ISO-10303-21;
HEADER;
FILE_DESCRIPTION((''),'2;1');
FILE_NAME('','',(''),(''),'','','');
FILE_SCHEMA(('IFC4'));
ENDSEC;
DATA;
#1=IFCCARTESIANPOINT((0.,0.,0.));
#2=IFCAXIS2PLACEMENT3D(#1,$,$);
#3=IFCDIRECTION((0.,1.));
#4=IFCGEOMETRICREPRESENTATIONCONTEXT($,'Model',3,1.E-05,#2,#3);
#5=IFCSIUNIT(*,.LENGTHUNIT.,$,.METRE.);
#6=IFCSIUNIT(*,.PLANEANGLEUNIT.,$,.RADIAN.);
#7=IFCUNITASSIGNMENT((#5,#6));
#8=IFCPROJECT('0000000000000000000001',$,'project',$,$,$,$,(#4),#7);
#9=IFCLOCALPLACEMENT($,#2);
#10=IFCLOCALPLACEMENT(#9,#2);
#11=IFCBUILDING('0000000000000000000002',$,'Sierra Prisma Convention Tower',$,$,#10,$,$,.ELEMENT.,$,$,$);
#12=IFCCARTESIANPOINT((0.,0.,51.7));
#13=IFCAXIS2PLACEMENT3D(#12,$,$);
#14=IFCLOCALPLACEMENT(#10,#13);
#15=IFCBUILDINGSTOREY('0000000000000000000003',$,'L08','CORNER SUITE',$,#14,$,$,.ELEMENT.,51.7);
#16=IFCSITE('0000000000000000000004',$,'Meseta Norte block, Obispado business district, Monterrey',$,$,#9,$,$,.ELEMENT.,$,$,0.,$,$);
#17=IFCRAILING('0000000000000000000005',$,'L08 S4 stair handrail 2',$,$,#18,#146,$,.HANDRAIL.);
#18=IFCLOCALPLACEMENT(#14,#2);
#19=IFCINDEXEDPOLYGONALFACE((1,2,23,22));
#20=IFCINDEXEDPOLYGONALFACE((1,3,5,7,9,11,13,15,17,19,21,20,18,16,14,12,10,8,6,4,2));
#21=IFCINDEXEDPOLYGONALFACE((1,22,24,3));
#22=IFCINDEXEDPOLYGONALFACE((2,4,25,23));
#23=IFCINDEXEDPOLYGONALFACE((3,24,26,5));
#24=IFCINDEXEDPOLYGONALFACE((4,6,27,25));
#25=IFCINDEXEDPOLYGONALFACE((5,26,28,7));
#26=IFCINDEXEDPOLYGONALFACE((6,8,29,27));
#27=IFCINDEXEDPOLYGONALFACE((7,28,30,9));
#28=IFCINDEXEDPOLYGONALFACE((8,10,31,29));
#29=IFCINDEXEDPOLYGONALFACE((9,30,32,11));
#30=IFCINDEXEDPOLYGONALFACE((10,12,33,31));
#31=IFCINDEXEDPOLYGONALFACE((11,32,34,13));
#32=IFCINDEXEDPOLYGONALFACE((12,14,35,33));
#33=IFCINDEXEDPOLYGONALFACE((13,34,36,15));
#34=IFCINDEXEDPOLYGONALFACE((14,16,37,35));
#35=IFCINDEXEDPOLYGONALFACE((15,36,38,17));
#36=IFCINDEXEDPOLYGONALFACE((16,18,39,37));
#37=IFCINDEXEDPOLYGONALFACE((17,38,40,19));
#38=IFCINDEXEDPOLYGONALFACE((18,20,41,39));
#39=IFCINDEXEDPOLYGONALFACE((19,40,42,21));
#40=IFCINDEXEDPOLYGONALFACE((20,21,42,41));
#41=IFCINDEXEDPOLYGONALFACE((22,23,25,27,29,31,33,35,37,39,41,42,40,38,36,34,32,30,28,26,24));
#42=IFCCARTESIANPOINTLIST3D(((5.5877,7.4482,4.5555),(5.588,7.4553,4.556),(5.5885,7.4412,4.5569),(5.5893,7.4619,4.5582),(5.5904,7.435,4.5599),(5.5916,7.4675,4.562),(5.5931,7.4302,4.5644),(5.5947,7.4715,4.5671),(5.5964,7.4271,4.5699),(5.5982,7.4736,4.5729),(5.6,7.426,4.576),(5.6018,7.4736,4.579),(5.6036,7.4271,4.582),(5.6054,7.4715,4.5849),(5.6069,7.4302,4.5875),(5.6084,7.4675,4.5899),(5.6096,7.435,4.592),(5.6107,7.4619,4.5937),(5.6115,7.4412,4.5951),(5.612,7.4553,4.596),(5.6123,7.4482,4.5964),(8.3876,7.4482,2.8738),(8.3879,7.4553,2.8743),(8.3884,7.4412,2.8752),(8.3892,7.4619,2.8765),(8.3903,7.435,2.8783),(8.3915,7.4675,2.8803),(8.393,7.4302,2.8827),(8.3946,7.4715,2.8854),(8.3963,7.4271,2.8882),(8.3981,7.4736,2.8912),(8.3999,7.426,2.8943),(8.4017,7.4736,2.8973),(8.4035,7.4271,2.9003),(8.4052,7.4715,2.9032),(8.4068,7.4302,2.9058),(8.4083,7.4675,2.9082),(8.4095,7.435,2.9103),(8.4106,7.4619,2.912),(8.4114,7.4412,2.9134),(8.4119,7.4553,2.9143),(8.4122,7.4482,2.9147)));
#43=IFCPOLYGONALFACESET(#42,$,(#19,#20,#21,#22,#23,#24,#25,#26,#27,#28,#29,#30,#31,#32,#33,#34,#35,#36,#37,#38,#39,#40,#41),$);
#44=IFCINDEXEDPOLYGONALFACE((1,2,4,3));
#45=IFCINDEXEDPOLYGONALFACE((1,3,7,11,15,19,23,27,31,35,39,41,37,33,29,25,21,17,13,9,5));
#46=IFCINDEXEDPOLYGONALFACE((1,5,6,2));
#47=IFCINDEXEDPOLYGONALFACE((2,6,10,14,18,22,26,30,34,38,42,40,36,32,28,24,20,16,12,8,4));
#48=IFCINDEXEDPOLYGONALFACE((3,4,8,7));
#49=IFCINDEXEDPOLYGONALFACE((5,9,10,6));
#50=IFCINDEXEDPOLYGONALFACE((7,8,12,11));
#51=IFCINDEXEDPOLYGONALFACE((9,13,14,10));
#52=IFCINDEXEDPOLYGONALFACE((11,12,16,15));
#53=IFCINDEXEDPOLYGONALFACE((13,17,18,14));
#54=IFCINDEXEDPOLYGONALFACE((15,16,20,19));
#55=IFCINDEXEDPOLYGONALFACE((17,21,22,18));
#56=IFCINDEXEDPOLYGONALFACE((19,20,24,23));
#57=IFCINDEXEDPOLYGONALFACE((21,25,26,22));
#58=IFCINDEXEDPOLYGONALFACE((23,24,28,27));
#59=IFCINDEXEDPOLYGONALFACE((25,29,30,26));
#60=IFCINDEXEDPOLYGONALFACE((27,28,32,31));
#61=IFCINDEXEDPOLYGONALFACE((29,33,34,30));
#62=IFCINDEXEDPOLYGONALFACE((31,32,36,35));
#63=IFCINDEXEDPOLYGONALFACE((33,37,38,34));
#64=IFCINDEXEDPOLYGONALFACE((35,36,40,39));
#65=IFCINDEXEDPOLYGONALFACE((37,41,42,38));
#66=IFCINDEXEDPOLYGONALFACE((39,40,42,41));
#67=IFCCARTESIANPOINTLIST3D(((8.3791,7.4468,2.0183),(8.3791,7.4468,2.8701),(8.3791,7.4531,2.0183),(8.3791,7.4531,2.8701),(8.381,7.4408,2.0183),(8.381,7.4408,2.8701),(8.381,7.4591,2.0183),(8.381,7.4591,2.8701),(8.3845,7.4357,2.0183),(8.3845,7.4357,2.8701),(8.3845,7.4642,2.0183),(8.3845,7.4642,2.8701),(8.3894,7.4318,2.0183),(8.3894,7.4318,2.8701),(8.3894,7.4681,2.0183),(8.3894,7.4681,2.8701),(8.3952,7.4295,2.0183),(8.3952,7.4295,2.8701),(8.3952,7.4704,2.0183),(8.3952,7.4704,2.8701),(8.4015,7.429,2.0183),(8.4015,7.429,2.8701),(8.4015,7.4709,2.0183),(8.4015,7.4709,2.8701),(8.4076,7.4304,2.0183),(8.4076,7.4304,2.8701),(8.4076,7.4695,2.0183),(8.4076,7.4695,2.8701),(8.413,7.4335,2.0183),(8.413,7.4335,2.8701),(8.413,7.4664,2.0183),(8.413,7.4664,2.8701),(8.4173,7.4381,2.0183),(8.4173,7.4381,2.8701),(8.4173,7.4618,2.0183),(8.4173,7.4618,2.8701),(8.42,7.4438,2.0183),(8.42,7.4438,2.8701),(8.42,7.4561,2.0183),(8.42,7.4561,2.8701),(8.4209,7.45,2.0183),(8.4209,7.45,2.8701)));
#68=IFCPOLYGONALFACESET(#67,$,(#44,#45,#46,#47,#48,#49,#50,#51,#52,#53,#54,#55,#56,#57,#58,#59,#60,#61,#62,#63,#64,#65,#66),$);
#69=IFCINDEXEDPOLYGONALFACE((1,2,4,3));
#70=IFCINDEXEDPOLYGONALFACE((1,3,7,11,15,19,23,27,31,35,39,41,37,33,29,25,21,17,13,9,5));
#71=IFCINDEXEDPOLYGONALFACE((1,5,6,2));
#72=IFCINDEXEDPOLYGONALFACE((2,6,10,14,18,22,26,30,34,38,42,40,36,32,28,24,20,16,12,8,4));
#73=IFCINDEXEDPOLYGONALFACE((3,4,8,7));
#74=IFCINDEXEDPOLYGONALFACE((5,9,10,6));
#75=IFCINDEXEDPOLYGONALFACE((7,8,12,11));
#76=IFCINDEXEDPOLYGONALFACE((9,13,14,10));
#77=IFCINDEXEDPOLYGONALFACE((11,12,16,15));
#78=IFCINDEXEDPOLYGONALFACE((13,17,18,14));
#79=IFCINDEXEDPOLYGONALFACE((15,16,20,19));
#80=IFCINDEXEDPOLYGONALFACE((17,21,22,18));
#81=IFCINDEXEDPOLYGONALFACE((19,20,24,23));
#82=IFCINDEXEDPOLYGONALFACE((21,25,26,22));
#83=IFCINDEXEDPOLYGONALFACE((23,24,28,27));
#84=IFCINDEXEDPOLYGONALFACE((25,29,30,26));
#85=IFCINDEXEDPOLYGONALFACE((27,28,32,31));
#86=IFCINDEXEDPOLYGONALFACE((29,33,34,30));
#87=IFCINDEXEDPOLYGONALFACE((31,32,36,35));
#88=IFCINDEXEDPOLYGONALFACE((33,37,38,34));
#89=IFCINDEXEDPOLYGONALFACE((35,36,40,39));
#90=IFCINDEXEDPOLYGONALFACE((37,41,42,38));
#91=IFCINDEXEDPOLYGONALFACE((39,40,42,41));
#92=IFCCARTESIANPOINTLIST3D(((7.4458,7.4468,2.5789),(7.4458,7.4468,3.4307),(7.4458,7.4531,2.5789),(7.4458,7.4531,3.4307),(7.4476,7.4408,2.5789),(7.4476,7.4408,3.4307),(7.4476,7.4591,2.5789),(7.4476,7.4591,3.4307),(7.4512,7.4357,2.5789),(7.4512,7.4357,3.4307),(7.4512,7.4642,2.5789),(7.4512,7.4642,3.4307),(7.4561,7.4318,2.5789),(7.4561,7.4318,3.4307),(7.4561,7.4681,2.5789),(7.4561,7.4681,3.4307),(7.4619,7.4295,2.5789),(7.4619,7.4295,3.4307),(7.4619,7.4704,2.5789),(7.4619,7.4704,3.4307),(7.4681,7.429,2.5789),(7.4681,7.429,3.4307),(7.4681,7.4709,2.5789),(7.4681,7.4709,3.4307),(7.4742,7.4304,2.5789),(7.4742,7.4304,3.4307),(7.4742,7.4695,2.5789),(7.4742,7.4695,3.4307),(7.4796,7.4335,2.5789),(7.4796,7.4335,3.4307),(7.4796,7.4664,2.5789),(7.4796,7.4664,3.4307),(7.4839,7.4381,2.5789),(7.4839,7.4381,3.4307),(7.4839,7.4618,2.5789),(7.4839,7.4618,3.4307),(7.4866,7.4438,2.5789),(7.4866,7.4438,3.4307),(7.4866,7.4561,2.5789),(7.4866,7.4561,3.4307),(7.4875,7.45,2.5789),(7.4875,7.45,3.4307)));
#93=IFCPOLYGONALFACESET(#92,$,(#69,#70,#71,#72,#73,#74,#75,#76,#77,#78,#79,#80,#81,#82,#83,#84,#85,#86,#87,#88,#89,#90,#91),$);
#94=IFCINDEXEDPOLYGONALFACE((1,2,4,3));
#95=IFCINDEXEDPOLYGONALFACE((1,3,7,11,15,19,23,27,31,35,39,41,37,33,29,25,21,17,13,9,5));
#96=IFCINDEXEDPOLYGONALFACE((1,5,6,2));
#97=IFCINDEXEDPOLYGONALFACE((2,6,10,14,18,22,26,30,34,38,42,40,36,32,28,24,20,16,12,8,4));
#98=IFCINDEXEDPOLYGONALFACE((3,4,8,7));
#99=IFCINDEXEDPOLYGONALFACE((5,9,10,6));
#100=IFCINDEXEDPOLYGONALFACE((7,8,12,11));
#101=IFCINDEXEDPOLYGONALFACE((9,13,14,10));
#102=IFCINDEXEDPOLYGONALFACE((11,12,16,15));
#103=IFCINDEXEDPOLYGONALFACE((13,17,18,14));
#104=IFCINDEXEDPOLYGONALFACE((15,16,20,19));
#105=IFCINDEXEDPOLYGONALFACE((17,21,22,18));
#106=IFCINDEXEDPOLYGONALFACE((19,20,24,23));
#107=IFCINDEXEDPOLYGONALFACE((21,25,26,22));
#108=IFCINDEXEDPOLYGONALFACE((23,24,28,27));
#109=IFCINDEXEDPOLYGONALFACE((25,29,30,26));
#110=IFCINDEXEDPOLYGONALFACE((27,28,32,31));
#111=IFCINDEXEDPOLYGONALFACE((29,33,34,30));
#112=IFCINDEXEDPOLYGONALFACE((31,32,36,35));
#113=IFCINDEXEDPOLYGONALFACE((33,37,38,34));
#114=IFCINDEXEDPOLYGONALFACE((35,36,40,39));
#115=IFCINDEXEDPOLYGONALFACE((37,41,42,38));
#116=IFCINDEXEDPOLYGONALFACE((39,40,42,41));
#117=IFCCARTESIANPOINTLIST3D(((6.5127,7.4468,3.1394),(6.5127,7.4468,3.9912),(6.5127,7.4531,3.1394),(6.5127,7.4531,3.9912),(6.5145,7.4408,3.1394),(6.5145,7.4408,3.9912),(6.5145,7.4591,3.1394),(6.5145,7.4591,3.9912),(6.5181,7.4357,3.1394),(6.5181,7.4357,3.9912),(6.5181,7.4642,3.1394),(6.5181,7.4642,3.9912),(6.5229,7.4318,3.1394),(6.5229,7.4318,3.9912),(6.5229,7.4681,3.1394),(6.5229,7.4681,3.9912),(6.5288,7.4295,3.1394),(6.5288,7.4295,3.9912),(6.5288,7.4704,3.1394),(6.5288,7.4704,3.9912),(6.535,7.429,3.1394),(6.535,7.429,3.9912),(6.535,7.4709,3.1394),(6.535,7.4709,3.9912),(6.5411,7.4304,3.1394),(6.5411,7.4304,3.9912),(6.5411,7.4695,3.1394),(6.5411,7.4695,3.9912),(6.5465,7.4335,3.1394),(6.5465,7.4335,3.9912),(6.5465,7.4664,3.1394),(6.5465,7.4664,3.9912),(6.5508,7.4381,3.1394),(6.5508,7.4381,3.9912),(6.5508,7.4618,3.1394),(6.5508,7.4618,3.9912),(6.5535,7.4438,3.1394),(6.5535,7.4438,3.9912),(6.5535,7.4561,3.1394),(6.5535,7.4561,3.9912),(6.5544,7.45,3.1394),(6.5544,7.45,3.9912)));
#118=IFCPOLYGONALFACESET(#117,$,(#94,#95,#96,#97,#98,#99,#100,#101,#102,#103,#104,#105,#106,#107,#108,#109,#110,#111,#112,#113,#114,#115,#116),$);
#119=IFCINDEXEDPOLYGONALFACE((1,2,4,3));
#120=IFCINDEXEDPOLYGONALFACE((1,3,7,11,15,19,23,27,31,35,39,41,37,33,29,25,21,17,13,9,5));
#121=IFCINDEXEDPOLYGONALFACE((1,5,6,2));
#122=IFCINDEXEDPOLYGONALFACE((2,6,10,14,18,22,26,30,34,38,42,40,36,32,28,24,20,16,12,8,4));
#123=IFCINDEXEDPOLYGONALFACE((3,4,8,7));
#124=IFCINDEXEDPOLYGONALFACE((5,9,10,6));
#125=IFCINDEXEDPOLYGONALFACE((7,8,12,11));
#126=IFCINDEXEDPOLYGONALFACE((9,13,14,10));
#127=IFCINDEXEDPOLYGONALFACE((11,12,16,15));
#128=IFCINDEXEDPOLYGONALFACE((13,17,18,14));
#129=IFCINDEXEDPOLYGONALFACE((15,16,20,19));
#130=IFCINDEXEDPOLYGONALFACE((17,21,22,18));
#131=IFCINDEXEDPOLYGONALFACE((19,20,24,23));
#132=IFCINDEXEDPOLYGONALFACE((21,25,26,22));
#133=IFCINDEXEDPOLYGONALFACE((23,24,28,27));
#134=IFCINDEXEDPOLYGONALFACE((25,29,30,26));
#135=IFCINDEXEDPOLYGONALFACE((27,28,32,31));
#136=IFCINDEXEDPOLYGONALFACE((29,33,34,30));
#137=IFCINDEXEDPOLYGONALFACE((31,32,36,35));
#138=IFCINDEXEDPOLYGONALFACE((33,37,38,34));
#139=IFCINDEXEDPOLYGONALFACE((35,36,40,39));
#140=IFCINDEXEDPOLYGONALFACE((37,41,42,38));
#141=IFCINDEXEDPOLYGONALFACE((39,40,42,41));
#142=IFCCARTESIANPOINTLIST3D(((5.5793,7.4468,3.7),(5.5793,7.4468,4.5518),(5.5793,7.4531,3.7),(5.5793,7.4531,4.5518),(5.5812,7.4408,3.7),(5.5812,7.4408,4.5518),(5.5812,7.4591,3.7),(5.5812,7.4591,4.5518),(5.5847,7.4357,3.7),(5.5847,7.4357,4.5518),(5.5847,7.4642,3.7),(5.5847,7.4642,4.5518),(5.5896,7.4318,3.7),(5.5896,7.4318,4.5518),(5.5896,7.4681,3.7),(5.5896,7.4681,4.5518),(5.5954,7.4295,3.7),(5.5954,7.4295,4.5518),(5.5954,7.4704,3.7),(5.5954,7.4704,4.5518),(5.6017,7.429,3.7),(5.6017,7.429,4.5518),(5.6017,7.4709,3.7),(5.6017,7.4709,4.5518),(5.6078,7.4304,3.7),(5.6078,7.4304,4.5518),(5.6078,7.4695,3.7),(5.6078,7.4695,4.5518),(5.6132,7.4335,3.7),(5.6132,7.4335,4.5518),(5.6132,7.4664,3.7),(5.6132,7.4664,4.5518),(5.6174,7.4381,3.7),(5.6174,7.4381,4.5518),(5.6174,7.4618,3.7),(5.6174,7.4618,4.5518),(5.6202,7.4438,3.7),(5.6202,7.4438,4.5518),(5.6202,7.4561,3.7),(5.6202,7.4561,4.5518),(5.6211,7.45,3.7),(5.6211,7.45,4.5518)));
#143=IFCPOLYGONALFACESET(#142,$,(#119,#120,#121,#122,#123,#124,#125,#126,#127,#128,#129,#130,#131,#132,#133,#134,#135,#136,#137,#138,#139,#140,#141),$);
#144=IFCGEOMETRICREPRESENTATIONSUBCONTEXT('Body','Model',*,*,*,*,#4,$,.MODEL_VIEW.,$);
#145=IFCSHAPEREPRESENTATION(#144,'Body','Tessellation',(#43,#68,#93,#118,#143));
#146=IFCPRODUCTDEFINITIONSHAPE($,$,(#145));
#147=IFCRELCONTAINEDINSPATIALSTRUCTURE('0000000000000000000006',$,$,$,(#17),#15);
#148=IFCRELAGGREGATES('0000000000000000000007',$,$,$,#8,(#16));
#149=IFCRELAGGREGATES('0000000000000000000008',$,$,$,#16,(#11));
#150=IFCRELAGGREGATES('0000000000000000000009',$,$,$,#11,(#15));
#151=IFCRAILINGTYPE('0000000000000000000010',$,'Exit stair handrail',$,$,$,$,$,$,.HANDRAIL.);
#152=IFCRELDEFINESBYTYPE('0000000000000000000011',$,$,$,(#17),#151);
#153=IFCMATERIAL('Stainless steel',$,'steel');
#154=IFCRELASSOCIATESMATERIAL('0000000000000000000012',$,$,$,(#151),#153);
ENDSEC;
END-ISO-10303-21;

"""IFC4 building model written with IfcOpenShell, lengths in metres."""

from ifc_helpers import new_model, si_unit, direction, frame, origin, origin_2d, place, context, subcontext, project, spatial, circle, extrude, material, type_object, element, save


model = new_model("IFC4")

# Units and contexts
model_context = context("Model", 3, precision=1e-05, world=origin(), true_north=direction((0.0, 1.0)))
body_context = subcontext(model_context, "Body", "Model", "MODEL_VIEW")
ifc_project = project(units=[si_unit("LENGTHUNIT", "METRE"), si_unit("PLANEANGLEUNIT", "RADIAN")], contexts=[model_context])

# Site, building, storey
site_placement = place(None, origin())
site = spatial("IfcSite", under=ifc_project, at=site_placement, Name="Meseta Norte block, Obispado business district, Monterrey", CompositionType="ELEMENT", RefElevation=0.0)
building_placement = place(site_placement, origin())
building = spatial("IfcBuilding", under=site, at=building_placement, Name="Sierra Prisma Convention Tower", CompositionType="ELEMENT")
storey_placement = place(building_placement, frame((0.0, 0.0, 51.7)))
storey = spatial("IfcBuildingStorey", under=building, at=storey_placement, Name="L08", Description="CORNER SUITE", CompositionType="ELEMENT", Elevation=51.7)

# Railing
ifc_material_1 = material(Name="Stainless steel", Category="steel")
railing_type_1 = type_object("IfcRailingType", Name="Exit stair handrail", PredefinedType="HANDRAIL", material=ifc_material_1)
railing_1_placement = place(storey_placement, frame((8.3999, 7.45, 2.0183)))
element("IfcRailing", 1, at=railing_1_placement, inside=storey, type_object=railing_type_1, Name="L08 S4 stair handrail 2", PredefinedType="HANDRAIL", context=body_context, shape_type="SweptSolid", body=[
    extrude(circle(Radius=0.0239, at=origin_2d()), frame((0.0, 0.0, 0.876), z_axis=(-0.857255, 0.0, 0.514891), x_axis=(0.0, -1.0, 0.0)), (0.0, 0.0, 1.0), 3.2661),
    extrude(circle(Radius=0.021, at=origin_2d()), origin(), (0.0, 0.0, 1.0), 0.8518),
    extrude(circle(Radius=0.021, at=origin_2d()), frame((-0.9333, 0.0, 0.5605)), (0.0, 0.0, 1.0), 0.8518),
    extrude(circle(Radius=0.021, at=origin_2d()), frame((-1.8665, 0.0, 1.1211)), (0.0, 0.0, 1.0), 0.8518),
    extrude(circle(Radius=0.021, at=origin_2d()), frame((-2.7998, 0.0, 1.6816)), (0.0, 0.0, 1.0), 0.8518),
])

save(model, "model.ifc")
